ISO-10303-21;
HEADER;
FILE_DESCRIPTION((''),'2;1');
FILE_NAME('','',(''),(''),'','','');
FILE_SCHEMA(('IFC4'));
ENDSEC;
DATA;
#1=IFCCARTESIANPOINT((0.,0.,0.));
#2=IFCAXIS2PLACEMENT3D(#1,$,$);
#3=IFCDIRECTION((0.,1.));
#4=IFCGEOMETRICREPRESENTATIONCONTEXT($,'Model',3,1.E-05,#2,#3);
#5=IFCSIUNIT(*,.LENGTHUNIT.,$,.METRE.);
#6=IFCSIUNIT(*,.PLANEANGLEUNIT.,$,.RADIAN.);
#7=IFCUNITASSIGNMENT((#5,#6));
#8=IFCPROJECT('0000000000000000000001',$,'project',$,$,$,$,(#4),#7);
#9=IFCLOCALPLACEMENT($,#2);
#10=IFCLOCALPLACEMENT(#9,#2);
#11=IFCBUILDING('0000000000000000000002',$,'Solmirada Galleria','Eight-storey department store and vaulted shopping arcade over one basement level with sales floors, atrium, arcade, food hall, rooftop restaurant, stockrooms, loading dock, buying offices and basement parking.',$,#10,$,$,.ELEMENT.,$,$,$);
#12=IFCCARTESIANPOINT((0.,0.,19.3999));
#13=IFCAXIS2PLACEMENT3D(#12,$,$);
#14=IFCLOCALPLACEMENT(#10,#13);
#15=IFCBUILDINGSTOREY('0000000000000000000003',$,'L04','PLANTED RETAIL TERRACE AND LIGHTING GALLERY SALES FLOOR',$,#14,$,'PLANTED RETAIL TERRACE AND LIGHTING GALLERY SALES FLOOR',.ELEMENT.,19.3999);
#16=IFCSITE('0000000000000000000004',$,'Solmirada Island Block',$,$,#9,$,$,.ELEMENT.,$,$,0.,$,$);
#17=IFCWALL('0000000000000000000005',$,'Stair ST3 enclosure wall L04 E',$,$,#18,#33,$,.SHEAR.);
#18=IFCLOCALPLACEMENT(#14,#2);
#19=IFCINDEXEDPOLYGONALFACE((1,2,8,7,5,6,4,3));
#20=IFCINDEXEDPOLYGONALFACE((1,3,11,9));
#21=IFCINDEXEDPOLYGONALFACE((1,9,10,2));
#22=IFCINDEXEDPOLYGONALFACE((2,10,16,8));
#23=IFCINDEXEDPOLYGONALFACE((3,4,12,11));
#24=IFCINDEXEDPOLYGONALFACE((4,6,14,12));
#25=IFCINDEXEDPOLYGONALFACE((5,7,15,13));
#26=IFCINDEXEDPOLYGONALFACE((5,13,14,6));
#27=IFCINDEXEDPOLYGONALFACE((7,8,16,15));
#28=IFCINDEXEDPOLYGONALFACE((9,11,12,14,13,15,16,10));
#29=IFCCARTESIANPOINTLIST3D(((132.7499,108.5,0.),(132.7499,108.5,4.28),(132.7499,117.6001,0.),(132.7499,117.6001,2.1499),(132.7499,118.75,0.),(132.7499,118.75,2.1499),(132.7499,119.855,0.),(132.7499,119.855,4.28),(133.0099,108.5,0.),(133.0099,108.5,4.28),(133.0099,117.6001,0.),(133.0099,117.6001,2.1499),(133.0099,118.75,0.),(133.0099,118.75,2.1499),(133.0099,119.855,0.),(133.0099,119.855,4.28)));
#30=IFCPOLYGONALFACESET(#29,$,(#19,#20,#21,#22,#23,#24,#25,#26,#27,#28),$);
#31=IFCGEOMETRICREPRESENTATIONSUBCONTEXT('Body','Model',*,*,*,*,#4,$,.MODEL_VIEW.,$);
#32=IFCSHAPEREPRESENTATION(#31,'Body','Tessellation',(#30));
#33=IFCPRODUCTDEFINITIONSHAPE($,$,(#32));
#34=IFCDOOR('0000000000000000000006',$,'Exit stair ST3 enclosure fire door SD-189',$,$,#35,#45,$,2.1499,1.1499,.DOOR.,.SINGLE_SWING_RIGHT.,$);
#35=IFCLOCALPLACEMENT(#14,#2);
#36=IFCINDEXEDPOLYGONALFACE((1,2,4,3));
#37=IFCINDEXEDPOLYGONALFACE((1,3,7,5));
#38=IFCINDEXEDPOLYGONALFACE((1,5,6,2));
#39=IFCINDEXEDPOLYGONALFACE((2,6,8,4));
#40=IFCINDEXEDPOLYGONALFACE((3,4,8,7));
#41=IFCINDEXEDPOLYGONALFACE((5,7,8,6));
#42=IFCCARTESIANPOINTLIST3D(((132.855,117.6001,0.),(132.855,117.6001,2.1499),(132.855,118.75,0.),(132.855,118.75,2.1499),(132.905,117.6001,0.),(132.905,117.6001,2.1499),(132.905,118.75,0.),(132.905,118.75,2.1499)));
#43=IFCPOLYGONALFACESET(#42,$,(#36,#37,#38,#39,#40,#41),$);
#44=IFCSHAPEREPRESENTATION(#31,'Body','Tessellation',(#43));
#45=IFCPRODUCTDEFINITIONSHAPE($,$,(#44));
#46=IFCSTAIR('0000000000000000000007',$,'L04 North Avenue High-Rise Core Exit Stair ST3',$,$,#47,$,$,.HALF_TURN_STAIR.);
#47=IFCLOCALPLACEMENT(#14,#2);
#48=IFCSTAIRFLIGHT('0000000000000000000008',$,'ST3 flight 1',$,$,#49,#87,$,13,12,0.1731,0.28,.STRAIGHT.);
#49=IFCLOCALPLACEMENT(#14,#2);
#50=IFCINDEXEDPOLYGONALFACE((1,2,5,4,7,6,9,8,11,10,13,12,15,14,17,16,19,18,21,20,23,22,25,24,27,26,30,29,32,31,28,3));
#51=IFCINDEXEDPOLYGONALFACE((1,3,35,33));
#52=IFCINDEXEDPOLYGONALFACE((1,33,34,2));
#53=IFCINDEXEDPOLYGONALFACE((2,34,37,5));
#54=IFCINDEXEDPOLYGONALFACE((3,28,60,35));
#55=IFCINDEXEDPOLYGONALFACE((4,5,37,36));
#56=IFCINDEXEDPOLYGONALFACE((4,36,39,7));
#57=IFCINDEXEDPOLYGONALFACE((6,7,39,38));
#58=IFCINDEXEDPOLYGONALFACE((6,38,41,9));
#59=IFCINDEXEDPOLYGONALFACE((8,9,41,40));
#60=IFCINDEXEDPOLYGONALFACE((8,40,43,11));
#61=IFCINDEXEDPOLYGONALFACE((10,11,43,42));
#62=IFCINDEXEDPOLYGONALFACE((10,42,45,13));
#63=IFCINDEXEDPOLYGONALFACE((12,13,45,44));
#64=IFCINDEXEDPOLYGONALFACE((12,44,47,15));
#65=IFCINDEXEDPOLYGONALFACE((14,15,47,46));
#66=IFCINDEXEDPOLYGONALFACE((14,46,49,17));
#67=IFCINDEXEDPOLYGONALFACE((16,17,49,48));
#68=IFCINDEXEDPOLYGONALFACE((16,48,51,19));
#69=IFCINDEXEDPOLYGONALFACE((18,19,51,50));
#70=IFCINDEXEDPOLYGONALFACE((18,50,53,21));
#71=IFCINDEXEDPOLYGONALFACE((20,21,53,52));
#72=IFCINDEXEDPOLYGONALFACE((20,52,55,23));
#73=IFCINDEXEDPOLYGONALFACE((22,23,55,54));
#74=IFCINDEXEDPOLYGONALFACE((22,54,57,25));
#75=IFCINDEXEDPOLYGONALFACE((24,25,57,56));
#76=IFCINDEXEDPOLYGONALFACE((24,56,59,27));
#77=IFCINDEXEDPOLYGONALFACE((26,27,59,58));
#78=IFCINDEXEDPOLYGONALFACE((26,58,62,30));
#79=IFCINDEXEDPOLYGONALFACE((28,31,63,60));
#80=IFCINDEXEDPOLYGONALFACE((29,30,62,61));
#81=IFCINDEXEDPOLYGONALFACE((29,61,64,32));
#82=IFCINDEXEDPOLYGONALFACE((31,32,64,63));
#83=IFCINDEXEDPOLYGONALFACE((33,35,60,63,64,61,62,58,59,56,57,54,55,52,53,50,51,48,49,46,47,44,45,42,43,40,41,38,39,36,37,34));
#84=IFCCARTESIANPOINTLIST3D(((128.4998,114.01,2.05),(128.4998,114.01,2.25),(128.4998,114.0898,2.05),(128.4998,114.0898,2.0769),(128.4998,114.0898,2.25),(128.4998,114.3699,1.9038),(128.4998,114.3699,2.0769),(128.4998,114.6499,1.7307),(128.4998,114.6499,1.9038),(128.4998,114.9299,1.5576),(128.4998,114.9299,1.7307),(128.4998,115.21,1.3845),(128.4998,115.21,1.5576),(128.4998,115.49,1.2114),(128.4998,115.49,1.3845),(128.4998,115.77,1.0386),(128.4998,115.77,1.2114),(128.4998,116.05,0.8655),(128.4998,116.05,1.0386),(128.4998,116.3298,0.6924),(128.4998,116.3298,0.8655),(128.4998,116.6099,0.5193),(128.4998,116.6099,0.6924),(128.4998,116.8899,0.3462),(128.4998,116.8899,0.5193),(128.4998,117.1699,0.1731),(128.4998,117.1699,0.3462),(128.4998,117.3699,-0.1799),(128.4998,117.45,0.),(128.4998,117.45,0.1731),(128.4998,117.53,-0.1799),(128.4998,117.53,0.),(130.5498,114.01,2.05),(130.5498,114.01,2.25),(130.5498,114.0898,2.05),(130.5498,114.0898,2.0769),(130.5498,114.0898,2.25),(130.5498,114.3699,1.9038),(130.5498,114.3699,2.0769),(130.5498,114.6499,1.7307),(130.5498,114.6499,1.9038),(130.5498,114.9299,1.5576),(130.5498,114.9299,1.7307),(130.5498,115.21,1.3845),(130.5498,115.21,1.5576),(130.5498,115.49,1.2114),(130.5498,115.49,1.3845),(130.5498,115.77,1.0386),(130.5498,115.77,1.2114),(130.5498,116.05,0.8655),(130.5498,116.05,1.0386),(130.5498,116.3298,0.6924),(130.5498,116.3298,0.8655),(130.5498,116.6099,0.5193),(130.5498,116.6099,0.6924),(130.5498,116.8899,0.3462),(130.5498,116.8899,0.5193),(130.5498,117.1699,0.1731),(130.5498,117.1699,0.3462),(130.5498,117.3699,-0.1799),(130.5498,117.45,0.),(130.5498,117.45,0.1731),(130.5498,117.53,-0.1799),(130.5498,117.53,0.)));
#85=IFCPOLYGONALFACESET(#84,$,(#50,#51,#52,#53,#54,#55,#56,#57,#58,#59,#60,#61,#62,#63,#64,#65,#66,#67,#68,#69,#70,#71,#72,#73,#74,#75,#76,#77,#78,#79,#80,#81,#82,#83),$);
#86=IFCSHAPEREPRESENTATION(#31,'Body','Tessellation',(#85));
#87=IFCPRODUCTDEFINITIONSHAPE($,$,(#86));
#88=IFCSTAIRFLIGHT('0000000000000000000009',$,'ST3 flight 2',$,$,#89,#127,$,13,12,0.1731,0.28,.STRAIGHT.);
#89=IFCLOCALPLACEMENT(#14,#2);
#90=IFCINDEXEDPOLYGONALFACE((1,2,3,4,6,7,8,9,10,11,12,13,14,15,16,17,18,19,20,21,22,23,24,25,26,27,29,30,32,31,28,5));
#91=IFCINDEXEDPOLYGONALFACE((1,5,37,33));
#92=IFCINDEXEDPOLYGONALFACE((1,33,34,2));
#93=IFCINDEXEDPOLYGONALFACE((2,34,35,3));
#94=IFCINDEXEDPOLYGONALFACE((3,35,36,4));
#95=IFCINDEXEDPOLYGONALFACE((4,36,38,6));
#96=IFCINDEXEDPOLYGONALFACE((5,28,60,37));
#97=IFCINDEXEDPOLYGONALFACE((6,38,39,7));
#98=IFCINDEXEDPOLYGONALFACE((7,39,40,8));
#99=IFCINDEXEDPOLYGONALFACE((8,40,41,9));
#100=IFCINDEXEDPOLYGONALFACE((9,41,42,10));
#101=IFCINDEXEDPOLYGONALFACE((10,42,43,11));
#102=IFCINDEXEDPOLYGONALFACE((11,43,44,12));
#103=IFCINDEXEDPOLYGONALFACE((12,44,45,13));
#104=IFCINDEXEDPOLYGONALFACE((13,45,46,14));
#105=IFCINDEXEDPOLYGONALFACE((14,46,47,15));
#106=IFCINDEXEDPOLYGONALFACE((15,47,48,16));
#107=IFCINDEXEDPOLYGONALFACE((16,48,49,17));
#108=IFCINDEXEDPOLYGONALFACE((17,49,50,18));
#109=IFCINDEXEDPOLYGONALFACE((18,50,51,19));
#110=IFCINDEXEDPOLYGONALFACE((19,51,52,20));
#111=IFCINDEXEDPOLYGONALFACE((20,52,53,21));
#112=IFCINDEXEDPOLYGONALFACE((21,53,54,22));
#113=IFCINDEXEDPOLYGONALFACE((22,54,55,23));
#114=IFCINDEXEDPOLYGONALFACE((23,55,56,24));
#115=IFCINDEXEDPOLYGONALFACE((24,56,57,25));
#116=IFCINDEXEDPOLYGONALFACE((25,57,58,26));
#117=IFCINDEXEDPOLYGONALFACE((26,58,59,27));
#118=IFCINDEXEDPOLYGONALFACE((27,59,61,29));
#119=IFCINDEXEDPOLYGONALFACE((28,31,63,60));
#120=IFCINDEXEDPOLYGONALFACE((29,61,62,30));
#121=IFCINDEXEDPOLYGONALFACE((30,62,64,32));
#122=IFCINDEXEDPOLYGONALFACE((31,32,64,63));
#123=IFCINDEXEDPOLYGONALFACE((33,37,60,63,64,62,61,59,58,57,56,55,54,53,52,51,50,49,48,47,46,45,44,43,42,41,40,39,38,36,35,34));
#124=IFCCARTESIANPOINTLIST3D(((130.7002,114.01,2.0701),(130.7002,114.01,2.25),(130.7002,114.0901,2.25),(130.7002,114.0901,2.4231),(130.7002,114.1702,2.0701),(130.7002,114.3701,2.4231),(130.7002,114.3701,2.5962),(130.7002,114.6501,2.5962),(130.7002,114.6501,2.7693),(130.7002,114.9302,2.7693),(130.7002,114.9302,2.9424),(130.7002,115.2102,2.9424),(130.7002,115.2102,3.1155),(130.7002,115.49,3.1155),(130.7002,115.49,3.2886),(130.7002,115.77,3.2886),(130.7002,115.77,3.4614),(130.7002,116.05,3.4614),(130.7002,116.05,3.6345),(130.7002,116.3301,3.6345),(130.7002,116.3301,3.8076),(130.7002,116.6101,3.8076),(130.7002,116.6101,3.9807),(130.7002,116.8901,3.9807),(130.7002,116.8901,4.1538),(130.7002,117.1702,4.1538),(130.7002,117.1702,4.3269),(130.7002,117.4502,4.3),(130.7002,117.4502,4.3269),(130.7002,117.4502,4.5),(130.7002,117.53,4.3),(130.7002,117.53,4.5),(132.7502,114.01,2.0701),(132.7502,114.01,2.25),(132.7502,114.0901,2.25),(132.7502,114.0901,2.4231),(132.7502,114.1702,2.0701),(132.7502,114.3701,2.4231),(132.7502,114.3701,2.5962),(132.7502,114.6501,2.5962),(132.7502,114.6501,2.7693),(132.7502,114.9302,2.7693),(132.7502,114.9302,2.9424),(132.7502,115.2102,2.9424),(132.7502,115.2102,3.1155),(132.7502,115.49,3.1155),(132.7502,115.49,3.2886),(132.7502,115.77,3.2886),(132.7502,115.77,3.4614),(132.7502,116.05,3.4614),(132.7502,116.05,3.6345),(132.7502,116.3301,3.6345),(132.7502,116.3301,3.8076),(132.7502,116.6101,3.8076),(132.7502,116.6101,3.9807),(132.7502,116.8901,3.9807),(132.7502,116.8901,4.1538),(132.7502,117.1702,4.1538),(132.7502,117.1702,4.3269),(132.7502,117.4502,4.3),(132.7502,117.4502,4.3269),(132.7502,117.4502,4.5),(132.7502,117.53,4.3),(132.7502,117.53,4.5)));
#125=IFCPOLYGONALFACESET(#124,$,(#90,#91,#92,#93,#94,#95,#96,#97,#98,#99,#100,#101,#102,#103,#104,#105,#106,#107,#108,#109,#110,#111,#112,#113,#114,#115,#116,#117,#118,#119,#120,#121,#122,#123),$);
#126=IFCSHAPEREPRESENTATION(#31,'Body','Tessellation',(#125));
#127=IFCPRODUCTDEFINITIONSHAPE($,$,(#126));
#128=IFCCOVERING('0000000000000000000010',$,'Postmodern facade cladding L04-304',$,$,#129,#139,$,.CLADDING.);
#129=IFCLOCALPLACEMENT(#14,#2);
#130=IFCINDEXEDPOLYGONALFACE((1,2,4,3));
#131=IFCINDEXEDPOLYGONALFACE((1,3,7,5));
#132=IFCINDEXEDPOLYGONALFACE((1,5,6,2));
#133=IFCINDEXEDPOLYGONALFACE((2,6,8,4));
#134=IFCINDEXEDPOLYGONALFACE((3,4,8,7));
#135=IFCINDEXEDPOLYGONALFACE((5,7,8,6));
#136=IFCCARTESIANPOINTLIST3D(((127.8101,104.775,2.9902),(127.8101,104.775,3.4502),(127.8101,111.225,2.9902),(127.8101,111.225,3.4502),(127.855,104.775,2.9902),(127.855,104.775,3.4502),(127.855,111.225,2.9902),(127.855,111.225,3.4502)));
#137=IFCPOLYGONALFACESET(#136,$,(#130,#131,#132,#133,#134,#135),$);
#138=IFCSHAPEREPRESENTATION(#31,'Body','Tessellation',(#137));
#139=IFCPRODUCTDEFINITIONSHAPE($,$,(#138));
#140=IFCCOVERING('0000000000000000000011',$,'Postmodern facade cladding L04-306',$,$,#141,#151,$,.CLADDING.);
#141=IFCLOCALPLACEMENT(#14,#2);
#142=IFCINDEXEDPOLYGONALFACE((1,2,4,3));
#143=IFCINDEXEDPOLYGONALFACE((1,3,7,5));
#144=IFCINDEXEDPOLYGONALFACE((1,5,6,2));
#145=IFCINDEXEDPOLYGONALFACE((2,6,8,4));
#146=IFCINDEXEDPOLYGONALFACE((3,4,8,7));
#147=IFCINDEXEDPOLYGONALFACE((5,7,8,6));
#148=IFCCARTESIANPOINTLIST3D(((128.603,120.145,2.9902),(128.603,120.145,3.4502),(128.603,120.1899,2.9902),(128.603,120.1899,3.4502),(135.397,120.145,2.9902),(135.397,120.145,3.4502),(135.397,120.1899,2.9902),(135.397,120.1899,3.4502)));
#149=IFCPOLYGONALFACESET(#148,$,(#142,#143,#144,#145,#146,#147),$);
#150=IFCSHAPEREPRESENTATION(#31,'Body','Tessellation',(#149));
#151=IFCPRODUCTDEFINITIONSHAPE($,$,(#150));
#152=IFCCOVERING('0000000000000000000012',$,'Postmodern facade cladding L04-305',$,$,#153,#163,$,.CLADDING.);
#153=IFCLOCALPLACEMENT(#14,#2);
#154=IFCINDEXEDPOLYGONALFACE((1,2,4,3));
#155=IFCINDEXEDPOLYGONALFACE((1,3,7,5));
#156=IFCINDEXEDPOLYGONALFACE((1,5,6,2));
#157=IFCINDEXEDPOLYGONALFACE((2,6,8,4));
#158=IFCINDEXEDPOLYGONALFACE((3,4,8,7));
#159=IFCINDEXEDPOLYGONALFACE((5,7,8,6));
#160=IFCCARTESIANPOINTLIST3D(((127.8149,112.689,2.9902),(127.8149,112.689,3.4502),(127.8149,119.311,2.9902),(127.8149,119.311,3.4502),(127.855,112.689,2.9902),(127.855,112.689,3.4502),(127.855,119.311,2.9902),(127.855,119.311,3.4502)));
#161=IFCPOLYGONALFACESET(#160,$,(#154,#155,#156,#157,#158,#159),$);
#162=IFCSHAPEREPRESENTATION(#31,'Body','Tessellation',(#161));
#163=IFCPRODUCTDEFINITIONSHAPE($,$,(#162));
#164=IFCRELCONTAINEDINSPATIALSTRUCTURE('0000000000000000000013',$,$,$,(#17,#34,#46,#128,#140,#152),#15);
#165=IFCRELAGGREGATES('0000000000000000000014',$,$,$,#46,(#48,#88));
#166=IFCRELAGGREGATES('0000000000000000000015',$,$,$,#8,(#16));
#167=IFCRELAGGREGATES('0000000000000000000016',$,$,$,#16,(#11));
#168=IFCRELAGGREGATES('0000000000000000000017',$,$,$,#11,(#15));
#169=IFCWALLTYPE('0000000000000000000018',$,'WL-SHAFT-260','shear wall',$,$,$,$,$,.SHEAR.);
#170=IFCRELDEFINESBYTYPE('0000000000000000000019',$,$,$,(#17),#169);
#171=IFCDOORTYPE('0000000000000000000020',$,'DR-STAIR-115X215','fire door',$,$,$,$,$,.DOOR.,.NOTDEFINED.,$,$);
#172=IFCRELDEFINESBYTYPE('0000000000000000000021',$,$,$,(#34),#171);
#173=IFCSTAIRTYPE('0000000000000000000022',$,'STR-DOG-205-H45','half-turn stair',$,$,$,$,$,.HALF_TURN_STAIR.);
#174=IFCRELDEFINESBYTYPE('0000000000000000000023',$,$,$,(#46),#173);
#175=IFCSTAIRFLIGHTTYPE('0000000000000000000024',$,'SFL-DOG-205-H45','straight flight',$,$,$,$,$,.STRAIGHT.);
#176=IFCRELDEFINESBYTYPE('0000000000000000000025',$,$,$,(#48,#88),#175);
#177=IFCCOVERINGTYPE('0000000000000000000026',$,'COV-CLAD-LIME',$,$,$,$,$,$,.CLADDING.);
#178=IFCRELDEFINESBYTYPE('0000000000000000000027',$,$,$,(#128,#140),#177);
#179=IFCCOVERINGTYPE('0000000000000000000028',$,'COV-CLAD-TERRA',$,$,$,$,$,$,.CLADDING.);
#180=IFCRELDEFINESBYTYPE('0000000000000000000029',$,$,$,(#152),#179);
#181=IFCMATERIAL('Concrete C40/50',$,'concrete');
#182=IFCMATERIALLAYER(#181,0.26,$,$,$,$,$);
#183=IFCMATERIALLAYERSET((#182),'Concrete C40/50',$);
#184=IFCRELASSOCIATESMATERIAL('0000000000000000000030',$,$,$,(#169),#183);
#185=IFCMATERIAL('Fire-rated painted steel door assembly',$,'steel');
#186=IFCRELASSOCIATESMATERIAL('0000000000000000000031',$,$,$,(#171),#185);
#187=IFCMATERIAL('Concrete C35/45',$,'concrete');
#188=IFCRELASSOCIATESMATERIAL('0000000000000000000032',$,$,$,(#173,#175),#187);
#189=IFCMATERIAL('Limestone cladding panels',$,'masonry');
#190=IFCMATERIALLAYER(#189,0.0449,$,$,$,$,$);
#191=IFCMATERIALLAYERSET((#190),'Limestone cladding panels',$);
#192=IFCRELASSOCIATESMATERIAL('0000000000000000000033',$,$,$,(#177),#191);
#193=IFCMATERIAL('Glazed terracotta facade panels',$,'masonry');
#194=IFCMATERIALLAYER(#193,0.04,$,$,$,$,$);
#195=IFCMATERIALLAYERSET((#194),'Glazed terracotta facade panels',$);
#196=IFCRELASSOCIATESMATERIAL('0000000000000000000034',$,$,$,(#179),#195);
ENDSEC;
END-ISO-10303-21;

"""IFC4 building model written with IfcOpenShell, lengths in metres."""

from ifc_helpers import new_model, si_unit, direction, frame, frame_2d, origin, origin_2d, place, context, subcontext, project, spatial, polyline, rectangle, outline, extrude, material, layer, layer_set, type_object, element, fill, aggregate, save


model = new_model("IFC4")

# Units and contexts
model_context = context("Model", 3, precision=1e-05, world=origin(), true_north=direction((0.0, 1.0)))
body_context = subcontext(model_context, "Body", "Model", "MODEL_VIEW")
ifc_project = project(units=[si_unit("LENGTHUNIT", "METRE"), si_unit("PLANEANGLEUNIT", "RADIAN")], contexts=[model_context])

# Site, building, storey
site_placement = place(None, origin())
site = spatial("IfcSite", under=ifc_project, at=site_placement, Name="Solmirada Island Block", CompositionType="ELEMENT", RefElevation=0.0)
building_placement = place(site_placement, origin())
building = spatial("IfcBuilding", under=site, at=building_placement, Name="Solmirada Galleria", Description="Eight-storey department store and vaulted shopping arcade over one basement level with sales floors, atrium, arcade, food hall, rooftop restaurant, stockrooms, loading dock, buying offices and basement parking.", CompositionType="ELEMENT")
storey_placement = place(building_placement, frame((0.0, 0.0, 19.3999)))
storey = spatial("IfcBuildingStorey", under=building, at=storey_placement, Name="L04", Description="PLANTED RETAIL TERRACE AND LIGHTING GALLERY SALES FLOOR", LongName="PLANTED RETAIL TERRACE AND LIGHTING GALLERY SALES FLOOR", CompositionType="ELEMENT", Elevation=19.3999)

# Shared definitions
ifc_material_1 = material(Name="Concrete C40/50", Category="concrete")

# Shared definitions
ifc_layer_1 = layer(ifc_material_1, 0.26)
ifc_layer_set_1 = layer_set([ifc_layer_1], Name="Concrete C40/50")
wall_type_1 = type_object("IfcWallType", Name="WL-SHAFT-260", Description="shear wall", PredefinedType="SHEAR", material=ifc_layer_set_1)

# Wall, opening, door
wall_1_placement = place(storey_placement, frame((132.8799, 108.5, 0.0), z_axis=(0.0, 0.0, 1.0), x_axis=(0.0, 1.0, 0.0)))
wall_1 = element("IfcWall", 1, at=wall_1_placement, inside=storey, type_object=wall_type_1, Name="Stair ST3 enclosure wall L04 E", PredefinedType="SHEAR", context=body_context, shape_type="SweptSolid", body=[
    extrude(rectangle(XDim=11.355, YDim=0.26, at=frame_2d((5.6775, 0.0))), origin(), (0.0, 0.0, 1.0), 4.28),
])
opening_placement = place(wall_1_placement, frame((9.1001, 0.0, 0.0)))
opening = element("IfcOpeningElement", 2, at=opening_placement, cuts=wall_1, PredefinedType="OPENING", context=body_context, shape_type="SweptSolid", body=[
    extrude(rectangle(XDim=1.1499, YDim=2.1499, at=frame_2d((0.575, 1.075))), frame((0.0, 0.1399, 0.0), z_axis=(0.0, -1.0, 0.0), x_axis=(1.0, 0.0, 0.0)), (0.0, 0.0, 1.0), 0.28),
])
ifc_material_2 = material(Name="Fire-rated painted steel door assembly", Category="steel")
door_type = type_object("IfcDoorType", Name="DR-STAIR-115X215", Description="fire door", OperationType="NOTDEFINED", PredefinedType="DOOR", material=ifc_material_2)
door_placement = place(opening_placement, origin())
door = element("IfcDoor", 3, at=door_placement, inside=storey, type_object=door_type, Name="Exit stair ST3 enclosure fire door SD-189", OperationType="SINGLE_SWING_RIGHT", OverallHeight=2.1499, OverallWidth=1.1499, PredefinedType="DOOR", context=body_context, shape_type="SweptSolid", body=[
    extrude(rectangle(XDim=1.1499, YDim=2.1499, at=frame_2d((0.575, 1.075))), frame((0.0, 0.0249, 0.0), z_axis=(0.0, -1.0, 0.0), x_axis=(1.0, 0.0, 0.0)), (0.0, 0.0, 1.0), 0.05),
])
fill(opening, door)

# Stair, stair flights
ifc_material_3 = material(Name="Concrete C35/45", Category="concrete")
stair_type = type_object("IfcStairType", Name="STR-DOG-205-H45", Description="half-turn stair", PredefinedType="HALF_TURN_STAIR", material=ifc_material_3)
stair_placement = place(storey_placement, origin())
stair = element("IfcStair", 4, at=stair_placement, inside=storey, type_object=stair_type, Name="L04 North Avenue High-Rise Core Exit Stair ST3", PredefinedType="HALF_TURN_STAIR")
stair_flight_type = type_object("IfcStairFlightType", Name="SFL-DOG-205-H45", Description="straight flight", PredefinedType="STRAIGHT", material=ifc_material_3)
stair_flight_1_placement = place(storey_placement, frame((129.5249, 117.45, 0.0), z_axis=(0.0, 0.0, 1.0), x_axis=(0.0, -1.0, 0.0)))
stair_flight_1 = element("IfcStairFlight", 5, at=stair_flight_1_placement, type_object=stair_flight_type, Name="ST3 flight 1", NumberOfRisers=13, NumberOfTreads=12, PredefinedType="STRAIGHT", RiserHeight=0.1731, TreadLength=0.28, context=body_context, shape_type="SweptSolid", body=[
    extrude(outline(polyline([(-0.0801, 0.0), (0.0, 0.0), (0.0, 0.1731), (0.28, 0.1731), (0.28, 0.3462), (0.5601, 0.3462), (0.5601, 0.5193), (0.8401, 0.5193), (0.8401, 0.6924), (1.1201, 0.6924), (1.1201, 0.8655), (1.3999, 0.8655), (1.3999, 1.0386), (1.6799, 1.0386), (1.6799, 1.2114), (1.96, 1.2114), (1.96, 1.3845), (2.24, 1.3845), (2.24, 1.5576), (2.52, 1.5576), (2.52, 1.7307), (2.8, 1.7307), (2.8, 1.9038), (3.0801, 1.9038), (3.0801, 2.0769), (3.3601, 2.0769), (3.3601, 2.25), (3.4399, 2.25), (3.4399, 2.05), (3.3601, 2.05), (0.0801, -0.1799), (-0.0801, -0.1799), (-0.0801, 0.0)])), frame((0.0, 1.0249, 0.0), z_axis=(0.0, -1.0, 0.0), x_axis=(1.0, 0.0, 0.0)), (0.0, 0.0, 1.0), 2.05),
])
stair_flight_2_placement = place(storey_placement, frame((131.7251, 114.0901, 2.25), z_axis=(0.0, 0.0, 1.0), x_axis=(0.0, 1.0, 0.0)))
stair_flight_2 = element("IfcStairFlight", 6, at=stair_flight_2_placement, type_object=stair_flight_type, Name="ST3 flight 2", NumberOfRisers=13, NumberOfTreads=12, PredefinedType="STRAIGHT", RiserHeight=0.1731, TreadLength=0.28, context=body_context, shape_type="SweptSolid", body=[
    extrude(outline(polyline([(-0.0801, 0.0), (0.0, 0.0), (0.0, 0.1731), (0.28, 0.1731), (0.28, 0.3462), (0.5601, 0.3462), (0.5601, 0.5193), (0.8401, 0.5193), (0.8401, 0.6924), (1.1201, 0.6924), (1.1201, 0.8655), (1.3999, 0.8655), (1.3999, 1.0386), (1.6799, 1.0386), (1.6799, 1.2114), (1.96, 1.2114), (1.96, 1.3845), (2.24, 1.3845), (2.24, 1.5576), (2.52, 1.5576), (2.52, 1.7307), (2.8, 1.7307), (2.8, 1.9038), (3.0801, 1.9038), (3.0801, 2.0769), (3.3601, 2.0769), (3.3601, 2.25), (3.4399, 2.25), (3.4399, 2.05), (3.3601, 2.05), (0.0801, -0.1799), (-0.0801, -0.1799), (-0.0801, 0.0)])), frame((0.0, 1.0249, 0.0), z_axis=(0.0, -1.0, 0.0), x_axis=(1.0, 0.0, 0.0)), (0.0, 0.0, 1.0), 2.05),
])
aggregate(stair, [stair_flight_1, stair_flight_2])

# Coverings
ifc_material_4 = material(Name="Limestone cladding panels", Category="masonry")
ifc_layer_2 = layer(ifc_material_4, 0.0449)
ifc_layer_set_2 = layer_set([ifc_layer_2], Name="Limestone cladding panels")
covering_type_1 = type_object("IfcCoveringType", Name="COV-CLAD-LIME", PredefinedType="CLADDING", material=ifc_layer_set_2)
covering_1_placement = place(storey_placement, frame((127.8325, 108.0, 2.9902), z_axis=(0.0, 0.0, 1.0), x_axis=(0.0, 1.0, 0.0)))
element("IfcCovering", 7, at=covering_1_placement, inside=storey, type_object=covering_type_1, Name="Postmodern facade cladding L04-304", PredefinedType="CLADDING", context=body_context, shape_type="SweptSolid", body=[
    extrude(rectangle(XDim=6.45, YDim=0.0449, at=origin_2d()), origin(), (0.0, 0.0, 1.0), 0.46),
])
covering_2_placement = place(storey_placement, frame((132.0, 120.1675, 2.9902), z_axis=(0.0, 0.0, 1.0), x_axis=(1.0, 0.0, 0.0)))
element("IfcCovering", 8, at=covering_2_placement, inside=storey, type_object=covering_type_1, Name="Postmodern facade cladding L04-306", PredefinedType="CLADDING", context=body_context, shape_type="SweptSolid", body=[
    extrude(rectangle(XDim=6.7939, YDim=0.0449, at=origin_2d()), origin(), (0.0, 0.0, 1.0), 0.46),
])
ifc_material_5 = material(Name="Glazed terracotta facade panels", Category="masonry")
ifc_layer_3 = layer(ifc_material_5, 0.04)
ifc_layer_set_3 = layer_set([ifc_layer_3], Name="Glazed terracotta facade panels")
covering_type_2 = type_object("IfcCoveringType", Name="COV-CLAD-TERRA", PredefinedType="CLADDING", material=ifc_layer_set_3)
covering_3_placement = place(storey_placement, frame((127.835, 116.0, 2.9902), z_axis=(0.0, 0.0, 1.0), x_axis=(0.0, 1.0, 0.0)))
element("IfcCovering", 9, at=covering_3_placement, inside=storey, type_object=covering_type_2, Name="Postmodern facade cladding L04-305", PredefinedType="CLADDING", context=body_context, shape_type="SweptSolid", body=[
    extrude(rectangle(XDim=6.6221, YDim=0.04, at=origin_2d()), origin(), (0.0, 0.0, 1.0), 0.46),
])

save(model, "model.ifc")
